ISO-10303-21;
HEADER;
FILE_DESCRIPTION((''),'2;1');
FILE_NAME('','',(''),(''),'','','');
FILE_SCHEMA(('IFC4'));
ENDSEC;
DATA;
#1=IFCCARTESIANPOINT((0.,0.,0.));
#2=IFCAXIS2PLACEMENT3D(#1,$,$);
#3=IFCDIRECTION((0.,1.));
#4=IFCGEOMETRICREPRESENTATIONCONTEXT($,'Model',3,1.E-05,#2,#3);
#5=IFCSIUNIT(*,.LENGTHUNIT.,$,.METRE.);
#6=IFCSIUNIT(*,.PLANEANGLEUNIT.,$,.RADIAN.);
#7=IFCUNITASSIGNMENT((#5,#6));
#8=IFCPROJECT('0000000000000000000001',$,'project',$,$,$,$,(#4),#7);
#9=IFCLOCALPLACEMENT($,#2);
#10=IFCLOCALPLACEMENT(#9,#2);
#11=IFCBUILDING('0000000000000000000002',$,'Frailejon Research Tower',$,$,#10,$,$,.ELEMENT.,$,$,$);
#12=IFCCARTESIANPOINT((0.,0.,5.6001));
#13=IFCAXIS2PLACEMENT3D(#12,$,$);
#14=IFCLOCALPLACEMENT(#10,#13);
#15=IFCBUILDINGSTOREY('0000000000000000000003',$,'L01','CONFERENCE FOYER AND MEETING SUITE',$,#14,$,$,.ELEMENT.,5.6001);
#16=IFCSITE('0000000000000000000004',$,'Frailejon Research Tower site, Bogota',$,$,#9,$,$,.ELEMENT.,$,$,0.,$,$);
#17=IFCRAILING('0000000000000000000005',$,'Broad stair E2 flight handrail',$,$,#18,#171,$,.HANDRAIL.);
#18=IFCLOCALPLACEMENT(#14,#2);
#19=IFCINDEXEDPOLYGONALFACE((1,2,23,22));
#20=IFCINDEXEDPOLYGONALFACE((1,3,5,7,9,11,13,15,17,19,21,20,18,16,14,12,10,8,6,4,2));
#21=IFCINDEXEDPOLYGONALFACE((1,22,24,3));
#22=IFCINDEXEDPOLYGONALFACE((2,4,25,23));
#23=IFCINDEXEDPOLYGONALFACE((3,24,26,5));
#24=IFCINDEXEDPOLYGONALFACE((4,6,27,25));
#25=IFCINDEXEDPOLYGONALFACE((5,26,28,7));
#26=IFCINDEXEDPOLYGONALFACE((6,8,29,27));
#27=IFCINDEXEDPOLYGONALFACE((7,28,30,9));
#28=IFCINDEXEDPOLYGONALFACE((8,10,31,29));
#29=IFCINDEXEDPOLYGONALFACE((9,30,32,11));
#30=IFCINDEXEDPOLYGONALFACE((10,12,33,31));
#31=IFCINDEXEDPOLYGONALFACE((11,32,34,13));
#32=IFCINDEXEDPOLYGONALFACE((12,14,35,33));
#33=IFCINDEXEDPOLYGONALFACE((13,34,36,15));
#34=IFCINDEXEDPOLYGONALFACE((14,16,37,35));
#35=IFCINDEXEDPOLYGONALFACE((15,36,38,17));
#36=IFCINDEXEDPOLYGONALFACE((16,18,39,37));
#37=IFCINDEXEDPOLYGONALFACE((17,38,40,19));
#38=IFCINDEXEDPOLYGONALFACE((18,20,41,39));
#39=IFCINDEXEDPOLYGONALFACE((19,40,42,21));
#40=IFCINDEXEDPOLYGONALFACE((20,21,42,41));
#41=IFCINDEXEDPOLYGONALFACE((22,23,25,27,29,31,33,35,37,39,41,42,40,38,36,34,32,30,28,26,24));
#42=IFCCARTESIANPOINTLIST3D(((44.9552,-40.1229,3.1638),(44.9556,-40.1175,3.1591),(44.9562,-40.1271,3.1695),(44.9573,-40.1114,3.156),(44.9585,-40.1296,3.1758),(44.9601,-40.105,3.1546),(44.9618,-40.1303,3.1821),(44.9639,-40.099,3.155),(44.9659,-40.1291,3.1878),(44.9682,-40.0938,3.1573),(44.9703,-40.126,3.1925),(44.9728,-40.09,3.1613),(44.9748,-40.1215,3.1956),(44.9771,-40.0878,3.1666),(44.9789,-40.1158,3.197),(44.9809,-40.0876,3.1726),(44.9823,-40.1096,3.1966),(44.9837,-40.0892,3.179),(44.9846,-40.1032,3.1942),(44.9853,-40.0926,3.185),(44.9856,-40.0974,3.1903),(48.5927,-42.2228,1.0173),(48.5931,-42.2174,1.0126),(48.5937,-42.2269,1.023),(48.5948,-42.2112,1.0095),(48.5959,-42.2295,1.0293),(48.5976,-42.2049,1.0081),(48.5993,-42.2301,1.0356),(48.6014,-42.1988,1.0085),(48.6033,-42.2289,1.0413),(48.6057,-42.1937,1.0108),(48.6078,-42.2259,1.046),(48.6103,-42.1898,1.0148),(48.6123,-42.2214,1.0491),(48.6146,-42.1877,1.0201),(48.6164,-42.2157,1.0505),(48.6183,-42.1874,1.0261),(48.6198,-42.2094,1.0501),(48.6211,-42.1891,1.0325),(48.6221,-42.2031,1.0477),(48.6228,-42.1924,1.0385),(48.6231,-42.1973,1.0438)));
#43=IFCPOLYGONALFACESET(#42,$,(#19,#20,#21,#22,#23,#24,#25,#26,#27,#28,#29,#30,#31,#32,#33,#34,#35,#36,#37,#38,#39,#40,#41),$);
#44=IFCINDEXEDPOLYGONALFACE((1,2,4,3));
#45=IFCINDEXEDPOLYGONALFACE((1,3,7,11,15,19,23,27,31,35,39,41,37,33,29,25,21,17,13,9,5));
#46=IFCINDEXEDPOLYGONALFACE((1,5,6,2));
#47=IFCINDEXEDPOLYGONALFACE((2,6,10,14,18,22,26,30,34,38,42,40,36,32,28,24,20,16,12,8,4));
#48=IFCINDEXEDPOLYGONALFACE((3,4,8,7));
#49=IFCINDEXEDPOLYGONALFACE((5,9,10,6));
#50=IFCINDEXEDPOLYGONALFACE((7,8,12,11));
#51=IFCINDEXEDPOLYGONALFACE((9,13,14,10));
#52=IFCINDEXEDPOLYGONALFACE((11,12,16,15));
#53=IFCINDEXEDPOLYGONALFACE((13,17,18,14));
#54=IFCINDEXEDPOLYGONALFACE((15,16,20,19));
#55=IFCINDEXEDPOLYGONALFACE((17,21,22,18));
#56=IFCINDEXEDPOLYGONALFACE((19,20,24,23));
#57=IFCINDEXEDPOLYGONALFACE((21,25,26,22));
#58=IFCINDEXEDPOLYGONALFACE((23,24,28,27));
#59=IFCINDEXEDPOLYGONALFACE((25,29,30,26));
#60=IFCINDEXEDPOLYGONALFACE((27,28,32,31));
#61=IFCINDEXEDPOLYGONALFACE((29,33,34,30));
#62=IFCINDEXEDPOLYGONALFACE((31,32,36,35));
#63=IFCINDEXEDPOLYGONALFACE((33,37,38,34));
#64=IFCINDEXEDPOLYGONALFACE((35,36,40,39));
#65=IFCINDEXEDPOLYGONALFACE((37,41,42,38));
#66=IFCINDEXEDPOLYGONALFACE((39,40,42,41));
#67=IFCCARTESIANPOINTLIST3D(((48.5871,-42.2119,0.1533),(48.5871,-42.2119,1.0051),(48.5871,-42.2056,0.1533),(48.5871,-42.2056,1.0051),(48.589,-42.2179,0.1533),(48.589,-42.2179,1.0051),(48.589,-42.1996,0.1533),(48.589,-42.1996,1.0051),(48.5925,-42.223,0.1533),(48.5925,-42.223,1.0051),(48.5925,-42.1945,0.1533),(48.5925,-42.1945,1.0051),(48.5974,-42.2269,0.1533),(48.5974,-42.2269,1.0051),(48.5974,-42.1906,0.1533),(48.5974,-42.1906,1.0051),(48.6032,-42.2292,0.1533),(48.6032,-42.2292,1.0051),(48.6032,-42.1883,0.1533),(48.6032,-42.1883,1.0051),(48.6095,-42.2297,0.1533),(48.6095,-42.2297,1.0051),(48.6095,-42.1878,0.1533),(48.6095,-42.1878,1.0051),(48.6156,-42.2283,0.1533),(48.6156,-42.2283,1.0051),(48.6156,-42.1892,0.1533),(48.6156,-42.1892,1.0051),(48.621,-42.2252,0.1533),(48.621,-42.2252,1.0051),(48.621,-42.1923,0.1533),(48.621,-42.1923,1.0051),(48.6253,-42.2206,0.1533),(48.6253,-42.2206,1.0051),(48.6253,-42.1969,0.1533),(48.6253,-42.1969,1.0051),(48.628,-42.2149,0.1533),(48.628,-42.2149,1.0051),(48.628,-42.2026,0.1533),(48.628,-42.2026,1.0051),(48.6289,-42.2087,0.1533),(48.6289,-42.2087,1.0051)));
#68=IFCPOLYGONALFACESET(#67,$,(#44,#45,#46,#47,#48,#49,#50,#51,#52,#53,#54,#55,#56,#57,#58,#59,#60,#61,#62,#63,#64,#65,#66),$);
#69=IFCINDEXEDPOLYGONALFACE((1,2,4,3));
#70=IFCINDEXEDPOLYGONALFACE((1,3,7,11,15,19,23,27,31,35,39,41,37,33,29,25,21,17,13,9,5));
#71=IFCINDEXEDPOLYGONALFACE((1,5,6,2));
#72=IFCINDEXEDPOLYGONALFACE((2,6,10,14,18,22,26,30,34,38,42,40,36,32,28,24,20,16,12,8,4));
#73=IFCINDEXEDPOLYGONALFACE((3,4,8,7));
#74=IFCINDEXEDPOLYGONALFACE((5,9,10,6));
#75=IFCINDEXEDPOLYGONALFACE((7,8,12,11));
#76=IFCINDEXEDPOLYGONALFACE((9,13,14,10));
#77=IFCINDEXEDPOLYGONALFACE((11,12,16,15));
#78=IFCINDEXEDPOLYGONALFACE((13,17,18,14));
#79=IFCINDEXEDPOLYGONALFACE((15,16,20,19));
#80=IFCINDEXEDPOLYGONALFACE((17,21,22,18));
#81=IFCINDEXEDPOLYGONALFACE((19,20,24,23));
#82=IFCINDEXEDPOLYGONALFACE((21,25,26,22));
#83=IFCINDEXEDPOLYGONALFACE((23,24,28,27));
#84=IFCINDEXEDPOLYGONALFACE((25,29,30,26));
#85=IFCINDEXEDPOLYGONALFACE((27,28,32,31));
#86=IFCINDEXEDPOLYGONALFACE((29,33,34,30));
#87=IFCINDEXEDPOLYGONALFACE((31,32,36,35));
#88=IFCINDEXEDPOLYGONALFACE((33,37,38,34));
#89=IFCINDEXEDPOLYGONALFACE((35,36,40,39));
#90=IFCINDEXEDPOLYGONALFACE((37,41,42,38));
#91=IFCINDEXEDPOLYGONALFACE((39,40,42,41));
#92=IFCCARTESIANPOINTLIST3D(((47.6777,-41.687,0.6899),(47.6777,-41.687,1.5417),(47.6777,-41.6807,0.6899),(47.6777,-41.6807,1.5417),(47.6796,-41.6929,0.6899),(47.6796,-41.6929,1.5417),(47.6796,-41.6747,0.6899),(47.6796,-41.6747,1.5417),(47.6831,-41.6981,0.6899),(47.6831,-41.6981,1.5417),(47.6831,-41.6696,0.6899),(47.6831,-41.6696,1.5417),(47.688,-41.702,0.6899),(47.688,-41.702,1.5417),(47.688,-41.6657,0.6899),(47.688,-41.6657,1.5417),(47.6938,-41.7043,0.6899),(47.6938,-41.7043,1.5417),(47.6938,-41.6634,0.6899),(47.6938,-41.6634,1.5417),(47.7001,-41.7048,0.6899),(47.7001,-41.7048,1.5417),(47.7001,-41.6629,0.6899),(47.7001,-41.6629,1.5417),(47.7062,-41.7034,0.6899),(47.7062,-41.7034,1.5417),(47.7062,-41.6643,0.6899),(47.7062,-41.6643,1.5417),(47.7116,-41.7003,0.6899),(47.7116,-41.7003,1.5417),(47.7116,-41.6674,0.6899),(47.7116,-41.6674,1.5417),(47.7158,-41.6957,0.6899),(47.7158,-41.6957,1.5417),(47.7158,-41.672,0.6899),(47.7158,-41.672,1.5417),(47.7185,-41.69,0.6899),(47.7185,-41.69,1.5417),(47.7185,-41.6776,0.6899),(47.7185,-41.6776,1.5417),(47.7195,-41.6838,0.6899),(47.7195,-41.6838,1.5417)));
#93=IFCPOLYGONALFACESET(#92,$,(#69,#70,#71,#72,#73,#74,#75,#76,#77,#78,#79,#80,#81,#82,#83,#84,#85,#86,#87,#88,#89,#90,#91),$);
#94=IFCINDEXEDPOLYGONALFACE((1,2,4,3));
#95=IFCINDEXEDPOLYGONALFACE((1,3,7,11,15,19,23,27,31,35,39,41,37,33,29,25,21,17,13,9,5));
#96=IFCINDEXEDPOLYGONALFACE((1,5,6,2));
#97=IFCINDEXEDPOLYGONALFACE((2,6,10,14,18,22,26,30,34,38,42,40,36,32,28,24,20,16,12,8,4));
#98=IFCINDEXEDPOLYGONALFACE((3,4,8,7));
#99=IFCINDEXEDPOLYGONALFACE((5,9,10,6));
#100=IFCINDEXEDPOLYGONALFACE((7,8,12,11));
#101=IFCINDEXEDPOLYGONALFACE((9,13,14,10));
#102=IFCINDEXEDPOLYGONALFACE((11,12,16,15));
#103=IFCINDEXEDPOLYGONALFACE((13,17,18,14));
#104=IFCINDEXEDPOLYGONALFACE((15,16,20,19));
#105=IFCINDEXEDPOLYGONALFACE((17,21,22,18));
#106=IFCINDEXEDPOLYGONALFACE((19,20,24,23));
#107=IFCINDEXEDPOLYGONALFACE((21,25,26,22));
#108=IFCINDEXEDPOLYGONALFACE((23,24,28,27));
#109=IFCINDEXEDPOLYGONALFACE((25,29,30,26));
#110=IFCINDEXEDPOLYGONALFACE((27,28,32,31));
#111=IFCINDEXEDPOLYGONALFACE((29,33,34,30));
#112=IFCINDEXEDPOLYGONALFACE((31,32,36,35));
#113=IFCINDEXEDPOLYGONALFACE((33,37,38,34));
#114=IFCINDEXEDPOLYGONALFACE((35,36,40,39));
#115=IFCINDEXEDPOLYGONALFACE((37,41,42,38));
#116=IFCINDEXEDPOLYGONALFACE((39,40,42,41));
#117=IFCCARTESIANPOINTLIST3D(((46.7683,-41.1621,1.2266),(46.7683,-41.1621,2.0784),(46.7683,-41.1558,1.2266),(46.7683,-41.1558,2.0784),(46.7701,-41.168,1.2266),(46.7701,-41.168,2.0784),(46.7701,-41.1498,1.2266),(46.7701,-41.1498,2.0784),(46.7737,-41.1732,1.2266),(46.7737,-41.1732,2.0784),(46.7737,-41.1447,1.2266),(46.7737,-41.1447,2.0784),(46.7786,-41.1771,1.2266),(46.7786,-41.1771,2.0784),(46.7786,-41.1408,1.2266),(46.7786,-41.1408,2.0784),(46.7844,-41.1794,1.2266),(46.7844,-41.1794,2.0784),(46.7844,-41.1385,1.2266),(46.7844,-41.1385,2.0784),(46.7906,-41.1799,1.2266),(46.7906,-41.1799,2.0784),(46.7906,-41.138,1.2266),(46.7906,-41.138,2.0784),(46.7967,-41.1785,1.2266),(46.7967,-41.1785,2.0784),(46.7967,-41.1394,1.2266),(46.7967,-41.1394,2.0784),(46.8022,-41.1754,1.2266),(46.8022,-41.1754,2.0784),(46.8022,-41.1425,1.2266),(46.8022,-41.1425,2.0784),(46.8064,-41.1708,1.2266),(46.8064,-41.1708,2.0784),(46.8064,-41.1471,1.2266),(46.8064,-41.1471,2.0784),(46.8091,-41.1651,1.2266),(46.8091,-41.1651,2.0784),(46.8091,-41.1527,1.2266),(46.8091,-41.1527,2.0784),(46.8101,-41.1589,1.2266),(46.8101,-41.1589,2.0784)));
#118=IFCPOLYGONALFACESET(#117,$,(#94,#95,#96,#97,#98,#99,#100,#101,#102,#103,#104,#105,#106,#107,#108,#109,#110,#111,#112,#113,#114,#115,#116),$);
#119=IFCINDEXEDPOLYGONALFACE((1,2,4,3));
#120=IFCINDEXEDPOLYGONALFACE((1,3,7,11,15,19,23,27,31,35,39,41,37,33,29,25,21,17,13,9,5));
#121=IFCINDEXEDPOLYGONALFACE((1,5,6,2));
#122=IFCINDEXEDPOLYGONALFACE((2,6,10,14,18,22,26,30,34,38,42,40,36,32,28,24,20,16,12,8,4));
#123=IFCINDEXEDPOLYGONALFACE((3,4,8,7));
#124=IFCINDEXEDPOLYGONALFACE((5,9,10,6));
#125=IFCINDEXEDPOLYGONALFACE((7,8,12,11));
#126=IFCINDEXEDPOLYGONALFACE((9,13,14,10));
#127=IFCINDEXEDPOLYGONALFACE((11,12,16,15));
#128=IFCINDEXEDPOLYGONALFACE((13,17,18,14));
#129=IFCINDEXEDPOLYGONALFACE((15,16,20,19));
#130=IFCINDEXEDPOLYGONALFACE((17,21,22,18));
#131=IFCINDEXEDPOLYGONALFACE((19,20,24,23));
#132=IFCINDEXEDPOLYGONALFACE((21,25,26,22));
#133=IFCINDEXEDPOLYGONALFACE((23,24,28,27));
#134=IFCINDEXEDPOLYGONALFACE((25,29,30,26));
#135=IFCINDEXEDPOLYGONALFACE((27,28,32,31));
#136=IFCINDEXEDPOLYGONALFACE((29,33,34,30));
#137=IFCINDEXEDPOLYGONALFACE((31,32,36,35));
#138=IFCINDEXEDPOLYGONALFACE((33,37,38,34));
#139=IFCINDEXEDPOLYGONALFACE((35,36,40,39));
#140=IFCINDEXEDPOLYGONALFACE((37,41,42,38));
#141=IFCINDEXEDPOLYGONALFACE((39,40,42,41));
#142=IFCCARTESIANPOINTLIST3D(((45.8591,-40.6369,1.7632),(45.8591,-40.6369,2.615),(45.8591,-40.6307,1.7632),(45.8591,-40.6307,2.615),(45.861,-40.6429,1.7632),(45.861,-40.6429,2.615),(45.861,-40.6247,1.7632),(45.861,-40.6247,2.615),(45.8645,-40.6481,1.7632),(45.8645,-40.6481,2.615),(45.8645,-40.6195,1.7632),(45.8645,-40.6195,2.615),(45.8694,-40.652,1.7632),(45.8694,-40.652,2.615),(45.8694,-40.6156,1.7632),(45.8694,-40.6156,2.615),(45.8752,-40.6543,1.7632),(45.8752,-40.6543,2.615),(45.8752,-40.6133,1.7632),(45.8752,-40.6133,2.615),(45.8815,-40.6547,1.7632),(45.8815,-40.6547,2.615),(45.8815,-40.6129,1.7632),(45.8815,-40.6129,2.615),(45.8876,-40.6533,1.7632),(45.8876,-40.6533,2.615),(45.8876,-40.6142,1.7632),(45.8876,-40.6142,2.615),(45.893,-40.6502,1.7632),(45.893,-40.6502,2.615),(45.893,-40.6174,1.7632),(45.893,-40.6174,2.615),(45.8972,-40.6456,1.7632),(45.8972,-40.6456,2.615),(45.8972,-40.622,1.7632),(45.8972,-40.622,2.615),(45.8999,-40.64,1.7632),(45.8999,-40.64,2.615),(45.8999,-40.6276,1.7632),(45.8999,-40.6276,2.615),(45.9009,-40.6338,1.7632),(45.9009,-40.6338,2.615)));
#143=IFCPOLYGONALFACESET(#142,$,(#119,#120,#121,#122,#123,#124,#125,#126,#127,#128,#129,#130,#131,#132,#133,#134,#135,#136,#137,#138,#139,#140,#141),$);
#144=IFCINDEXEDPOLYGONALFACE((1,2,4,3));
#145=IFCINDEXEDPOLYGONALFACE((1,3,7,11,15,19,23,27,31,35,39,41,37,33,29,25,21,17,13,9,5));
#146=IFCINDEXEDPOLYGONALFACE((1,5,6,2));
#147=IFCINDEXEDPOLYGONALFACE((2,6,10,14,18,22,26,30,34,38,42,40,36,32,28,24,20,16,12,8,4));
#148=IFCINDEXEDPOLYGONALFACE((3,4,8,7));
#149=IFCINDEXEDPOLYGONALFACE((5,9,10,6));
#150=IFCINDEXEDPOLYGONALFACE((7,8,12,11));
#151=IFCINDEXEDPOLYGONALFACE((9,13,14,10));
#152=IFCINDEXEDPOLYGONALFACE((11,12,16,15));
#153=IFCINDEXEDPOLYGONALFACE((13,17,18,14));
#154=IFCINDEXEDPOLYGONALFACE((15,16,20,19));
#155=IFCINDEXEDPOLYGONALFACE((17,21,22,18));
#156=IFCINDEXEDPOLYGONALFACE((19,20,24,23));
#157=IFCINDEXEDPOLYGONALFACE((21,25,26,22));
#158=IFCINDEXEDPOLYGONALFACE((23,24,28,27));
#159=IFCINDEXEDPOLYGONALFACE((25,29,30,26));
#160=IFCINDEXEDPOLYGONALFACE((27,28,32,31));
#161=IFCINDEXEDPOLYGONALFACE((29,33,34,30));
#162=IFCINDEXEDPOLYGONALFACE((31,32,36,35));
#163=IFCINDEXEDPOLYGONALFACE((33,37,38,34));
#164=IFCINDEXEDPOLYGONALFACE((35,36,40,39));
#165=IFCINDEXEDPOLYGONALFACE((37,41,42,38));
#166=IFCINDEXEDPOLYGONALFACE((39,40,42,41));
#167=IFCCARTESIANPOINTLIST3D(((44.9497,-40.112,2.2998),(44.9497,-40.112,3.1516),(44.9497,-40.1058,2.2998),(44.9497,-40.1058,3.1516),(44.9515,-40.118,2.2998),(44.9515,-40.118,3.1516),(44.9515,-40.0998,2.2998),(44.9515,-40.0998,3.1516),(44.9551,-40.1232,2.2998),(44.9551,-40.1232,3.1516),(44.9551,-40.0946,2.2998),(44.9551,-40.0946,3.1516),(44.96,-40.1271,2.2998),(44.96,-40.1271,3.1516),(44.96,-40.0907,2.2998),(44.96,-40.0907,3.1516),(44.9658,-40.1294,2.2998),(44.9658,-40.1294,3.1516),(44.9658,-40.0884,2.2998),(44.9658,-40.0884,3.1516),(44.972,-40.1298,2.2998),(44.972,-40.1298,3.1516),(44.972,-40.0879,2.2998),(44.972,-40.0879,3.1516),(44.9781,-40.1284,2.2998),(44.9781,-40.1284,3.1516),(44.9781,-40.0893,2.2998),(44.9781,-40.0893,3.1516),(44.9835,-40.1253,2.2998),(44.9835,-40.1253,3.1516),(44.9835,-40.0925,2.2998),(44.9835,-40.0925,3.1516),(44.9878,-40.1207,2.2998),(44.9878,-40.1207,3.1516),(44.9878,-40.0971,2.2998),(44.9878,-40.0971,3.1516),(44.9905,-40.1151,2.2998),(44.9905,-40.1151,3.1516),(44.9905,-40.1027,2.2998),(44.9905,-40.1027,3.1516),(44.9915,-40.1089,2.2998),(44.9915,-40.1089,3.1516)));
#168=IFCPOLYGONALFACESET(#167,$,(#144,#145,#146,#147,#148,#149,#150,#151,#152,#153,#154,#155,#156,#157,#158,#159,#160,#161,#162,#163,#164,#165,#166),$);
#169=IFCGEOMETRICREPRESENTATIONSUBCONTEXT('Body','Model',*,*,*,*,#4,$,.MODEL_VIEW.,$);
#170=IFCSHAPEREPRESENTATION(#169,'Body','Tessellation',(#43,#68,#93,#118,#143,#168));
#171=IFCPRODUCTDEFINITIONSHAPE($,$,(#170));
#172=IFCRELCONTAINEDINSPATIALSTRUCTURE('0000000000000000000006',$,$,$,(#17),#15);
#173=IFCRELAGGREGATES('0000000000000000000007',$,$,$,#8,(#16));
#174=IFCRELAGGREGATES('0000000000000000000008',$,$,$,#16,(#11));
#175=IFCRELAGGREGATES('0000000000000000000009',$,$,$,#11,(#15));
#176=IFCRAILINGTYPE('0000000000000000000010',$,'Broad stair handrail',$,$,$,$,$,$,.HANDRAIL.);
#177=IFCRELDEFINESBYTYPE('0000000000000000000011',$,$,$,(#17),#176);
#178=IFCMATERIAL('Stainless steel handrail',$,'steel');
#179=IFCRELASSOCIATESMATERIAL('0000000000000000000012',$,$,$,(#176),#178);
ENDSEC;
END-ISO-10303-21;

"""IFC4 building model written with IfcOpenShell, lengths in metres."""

from ifc_helpers import new_model, si_unit, direction, frame, origin, origin_2d, place, context, subcontext, project, spatial, circle, extrude, material, type_object, element, save


model = new_model("IFC4")

# Units and contexts
model_context = context("Model", 3, precision=1e-05, world=origin(), true_north=direction((0.0, 1.0)))
body_context = subcontext(model_context, "Body", "Model", "MODEL_VIEW")
ifc_project = project(units=[si_unit("LENGTHUNIT", "METRE"), si_unit("PLANEANGLEUNIT", "RADIAN")], contexts=[model_context])

# Site, building, storey
site_placement = place(None, origin())
site = spatial("IfcSite", under=ifc_project, at=site_placement, Name="Frailejon Research Tower site, Bogota", CompositionType="ELEMENT", RefElevation=0.0)
building_placement = place(site_placement, origin())
building = spatial("IfcBuilding", under=site, at=building_placement, Name="Frailejon Research Tower", CompositionType="ELEMENT")
storey_placement = place(building_placement, frame((0.0, 0.0, 5.6001)))
storey = spatial("IfcBuildingStorey", under=building, at=storey_placement, Name="L01", Description="CONFERENCE FOYER AND MEETING SUITE", CompositionType="ELEMENT", Elevation=5.6001)

# Railing
ifc_material_1 = material(Name="Stainless steel handrail", Category="steel")
railing_type_1 = type_object("IfcRailingType", Name="Broad stair handrail", PredefinedType="HANDRAIL", material=ifc_material_1)
railing_1_placement = place(storey_placement, frame((48.6079, -42.2087, 0.1533)))
element("IfcRailing", 1, at=railing_1_placement, inside=storey, type_object=railing_type_1, Name="Broad stair E2 flight handrail", PredefinedType="HANDRAIL", context=body_context, shape_type="SweptSolid", body=[
    extrude(circle(Radius=0.0239, at=origin_2d()), frame((0.0, 0.0, 0.876), z_axis=(-0.771176, 0.44519, 0.455076), x_axis=(-0.499959, -0.866049, 0.0)), (0.0, 0.0, 1.0), 4.7168),
    extrude(circle(Radius=0.021, at=origin_2d()), origin(), (0.0, 0.0, 1.0), 0.8518),
    extrude(circle(Radius=0.021, at=origin_2d()), frame((-0.9094, 0.5249, 0.5366)), (0.0, 0.0, 1.0), 0.8518),
    extrude(circle(Radius=0.021, at=origin_2d()), frame((-1.8188, 1.0498, 1.0732)), (0.0, 0.0, 1.0), 0.8518),
    extrude(circle(Radius=0.021, at=origin_2d()), frame((-2.728, 1.575, 1.6099)), (0.0, 0.0, 1.0), 0.8518),
    extrude(circle(Radius=0.021, at=origin_2d()), frame((-3.6375, 2.0999, 2.1465)), (0.0, 0.0, 1.0), 0.8518),
])

save(model, "model.ifc")
